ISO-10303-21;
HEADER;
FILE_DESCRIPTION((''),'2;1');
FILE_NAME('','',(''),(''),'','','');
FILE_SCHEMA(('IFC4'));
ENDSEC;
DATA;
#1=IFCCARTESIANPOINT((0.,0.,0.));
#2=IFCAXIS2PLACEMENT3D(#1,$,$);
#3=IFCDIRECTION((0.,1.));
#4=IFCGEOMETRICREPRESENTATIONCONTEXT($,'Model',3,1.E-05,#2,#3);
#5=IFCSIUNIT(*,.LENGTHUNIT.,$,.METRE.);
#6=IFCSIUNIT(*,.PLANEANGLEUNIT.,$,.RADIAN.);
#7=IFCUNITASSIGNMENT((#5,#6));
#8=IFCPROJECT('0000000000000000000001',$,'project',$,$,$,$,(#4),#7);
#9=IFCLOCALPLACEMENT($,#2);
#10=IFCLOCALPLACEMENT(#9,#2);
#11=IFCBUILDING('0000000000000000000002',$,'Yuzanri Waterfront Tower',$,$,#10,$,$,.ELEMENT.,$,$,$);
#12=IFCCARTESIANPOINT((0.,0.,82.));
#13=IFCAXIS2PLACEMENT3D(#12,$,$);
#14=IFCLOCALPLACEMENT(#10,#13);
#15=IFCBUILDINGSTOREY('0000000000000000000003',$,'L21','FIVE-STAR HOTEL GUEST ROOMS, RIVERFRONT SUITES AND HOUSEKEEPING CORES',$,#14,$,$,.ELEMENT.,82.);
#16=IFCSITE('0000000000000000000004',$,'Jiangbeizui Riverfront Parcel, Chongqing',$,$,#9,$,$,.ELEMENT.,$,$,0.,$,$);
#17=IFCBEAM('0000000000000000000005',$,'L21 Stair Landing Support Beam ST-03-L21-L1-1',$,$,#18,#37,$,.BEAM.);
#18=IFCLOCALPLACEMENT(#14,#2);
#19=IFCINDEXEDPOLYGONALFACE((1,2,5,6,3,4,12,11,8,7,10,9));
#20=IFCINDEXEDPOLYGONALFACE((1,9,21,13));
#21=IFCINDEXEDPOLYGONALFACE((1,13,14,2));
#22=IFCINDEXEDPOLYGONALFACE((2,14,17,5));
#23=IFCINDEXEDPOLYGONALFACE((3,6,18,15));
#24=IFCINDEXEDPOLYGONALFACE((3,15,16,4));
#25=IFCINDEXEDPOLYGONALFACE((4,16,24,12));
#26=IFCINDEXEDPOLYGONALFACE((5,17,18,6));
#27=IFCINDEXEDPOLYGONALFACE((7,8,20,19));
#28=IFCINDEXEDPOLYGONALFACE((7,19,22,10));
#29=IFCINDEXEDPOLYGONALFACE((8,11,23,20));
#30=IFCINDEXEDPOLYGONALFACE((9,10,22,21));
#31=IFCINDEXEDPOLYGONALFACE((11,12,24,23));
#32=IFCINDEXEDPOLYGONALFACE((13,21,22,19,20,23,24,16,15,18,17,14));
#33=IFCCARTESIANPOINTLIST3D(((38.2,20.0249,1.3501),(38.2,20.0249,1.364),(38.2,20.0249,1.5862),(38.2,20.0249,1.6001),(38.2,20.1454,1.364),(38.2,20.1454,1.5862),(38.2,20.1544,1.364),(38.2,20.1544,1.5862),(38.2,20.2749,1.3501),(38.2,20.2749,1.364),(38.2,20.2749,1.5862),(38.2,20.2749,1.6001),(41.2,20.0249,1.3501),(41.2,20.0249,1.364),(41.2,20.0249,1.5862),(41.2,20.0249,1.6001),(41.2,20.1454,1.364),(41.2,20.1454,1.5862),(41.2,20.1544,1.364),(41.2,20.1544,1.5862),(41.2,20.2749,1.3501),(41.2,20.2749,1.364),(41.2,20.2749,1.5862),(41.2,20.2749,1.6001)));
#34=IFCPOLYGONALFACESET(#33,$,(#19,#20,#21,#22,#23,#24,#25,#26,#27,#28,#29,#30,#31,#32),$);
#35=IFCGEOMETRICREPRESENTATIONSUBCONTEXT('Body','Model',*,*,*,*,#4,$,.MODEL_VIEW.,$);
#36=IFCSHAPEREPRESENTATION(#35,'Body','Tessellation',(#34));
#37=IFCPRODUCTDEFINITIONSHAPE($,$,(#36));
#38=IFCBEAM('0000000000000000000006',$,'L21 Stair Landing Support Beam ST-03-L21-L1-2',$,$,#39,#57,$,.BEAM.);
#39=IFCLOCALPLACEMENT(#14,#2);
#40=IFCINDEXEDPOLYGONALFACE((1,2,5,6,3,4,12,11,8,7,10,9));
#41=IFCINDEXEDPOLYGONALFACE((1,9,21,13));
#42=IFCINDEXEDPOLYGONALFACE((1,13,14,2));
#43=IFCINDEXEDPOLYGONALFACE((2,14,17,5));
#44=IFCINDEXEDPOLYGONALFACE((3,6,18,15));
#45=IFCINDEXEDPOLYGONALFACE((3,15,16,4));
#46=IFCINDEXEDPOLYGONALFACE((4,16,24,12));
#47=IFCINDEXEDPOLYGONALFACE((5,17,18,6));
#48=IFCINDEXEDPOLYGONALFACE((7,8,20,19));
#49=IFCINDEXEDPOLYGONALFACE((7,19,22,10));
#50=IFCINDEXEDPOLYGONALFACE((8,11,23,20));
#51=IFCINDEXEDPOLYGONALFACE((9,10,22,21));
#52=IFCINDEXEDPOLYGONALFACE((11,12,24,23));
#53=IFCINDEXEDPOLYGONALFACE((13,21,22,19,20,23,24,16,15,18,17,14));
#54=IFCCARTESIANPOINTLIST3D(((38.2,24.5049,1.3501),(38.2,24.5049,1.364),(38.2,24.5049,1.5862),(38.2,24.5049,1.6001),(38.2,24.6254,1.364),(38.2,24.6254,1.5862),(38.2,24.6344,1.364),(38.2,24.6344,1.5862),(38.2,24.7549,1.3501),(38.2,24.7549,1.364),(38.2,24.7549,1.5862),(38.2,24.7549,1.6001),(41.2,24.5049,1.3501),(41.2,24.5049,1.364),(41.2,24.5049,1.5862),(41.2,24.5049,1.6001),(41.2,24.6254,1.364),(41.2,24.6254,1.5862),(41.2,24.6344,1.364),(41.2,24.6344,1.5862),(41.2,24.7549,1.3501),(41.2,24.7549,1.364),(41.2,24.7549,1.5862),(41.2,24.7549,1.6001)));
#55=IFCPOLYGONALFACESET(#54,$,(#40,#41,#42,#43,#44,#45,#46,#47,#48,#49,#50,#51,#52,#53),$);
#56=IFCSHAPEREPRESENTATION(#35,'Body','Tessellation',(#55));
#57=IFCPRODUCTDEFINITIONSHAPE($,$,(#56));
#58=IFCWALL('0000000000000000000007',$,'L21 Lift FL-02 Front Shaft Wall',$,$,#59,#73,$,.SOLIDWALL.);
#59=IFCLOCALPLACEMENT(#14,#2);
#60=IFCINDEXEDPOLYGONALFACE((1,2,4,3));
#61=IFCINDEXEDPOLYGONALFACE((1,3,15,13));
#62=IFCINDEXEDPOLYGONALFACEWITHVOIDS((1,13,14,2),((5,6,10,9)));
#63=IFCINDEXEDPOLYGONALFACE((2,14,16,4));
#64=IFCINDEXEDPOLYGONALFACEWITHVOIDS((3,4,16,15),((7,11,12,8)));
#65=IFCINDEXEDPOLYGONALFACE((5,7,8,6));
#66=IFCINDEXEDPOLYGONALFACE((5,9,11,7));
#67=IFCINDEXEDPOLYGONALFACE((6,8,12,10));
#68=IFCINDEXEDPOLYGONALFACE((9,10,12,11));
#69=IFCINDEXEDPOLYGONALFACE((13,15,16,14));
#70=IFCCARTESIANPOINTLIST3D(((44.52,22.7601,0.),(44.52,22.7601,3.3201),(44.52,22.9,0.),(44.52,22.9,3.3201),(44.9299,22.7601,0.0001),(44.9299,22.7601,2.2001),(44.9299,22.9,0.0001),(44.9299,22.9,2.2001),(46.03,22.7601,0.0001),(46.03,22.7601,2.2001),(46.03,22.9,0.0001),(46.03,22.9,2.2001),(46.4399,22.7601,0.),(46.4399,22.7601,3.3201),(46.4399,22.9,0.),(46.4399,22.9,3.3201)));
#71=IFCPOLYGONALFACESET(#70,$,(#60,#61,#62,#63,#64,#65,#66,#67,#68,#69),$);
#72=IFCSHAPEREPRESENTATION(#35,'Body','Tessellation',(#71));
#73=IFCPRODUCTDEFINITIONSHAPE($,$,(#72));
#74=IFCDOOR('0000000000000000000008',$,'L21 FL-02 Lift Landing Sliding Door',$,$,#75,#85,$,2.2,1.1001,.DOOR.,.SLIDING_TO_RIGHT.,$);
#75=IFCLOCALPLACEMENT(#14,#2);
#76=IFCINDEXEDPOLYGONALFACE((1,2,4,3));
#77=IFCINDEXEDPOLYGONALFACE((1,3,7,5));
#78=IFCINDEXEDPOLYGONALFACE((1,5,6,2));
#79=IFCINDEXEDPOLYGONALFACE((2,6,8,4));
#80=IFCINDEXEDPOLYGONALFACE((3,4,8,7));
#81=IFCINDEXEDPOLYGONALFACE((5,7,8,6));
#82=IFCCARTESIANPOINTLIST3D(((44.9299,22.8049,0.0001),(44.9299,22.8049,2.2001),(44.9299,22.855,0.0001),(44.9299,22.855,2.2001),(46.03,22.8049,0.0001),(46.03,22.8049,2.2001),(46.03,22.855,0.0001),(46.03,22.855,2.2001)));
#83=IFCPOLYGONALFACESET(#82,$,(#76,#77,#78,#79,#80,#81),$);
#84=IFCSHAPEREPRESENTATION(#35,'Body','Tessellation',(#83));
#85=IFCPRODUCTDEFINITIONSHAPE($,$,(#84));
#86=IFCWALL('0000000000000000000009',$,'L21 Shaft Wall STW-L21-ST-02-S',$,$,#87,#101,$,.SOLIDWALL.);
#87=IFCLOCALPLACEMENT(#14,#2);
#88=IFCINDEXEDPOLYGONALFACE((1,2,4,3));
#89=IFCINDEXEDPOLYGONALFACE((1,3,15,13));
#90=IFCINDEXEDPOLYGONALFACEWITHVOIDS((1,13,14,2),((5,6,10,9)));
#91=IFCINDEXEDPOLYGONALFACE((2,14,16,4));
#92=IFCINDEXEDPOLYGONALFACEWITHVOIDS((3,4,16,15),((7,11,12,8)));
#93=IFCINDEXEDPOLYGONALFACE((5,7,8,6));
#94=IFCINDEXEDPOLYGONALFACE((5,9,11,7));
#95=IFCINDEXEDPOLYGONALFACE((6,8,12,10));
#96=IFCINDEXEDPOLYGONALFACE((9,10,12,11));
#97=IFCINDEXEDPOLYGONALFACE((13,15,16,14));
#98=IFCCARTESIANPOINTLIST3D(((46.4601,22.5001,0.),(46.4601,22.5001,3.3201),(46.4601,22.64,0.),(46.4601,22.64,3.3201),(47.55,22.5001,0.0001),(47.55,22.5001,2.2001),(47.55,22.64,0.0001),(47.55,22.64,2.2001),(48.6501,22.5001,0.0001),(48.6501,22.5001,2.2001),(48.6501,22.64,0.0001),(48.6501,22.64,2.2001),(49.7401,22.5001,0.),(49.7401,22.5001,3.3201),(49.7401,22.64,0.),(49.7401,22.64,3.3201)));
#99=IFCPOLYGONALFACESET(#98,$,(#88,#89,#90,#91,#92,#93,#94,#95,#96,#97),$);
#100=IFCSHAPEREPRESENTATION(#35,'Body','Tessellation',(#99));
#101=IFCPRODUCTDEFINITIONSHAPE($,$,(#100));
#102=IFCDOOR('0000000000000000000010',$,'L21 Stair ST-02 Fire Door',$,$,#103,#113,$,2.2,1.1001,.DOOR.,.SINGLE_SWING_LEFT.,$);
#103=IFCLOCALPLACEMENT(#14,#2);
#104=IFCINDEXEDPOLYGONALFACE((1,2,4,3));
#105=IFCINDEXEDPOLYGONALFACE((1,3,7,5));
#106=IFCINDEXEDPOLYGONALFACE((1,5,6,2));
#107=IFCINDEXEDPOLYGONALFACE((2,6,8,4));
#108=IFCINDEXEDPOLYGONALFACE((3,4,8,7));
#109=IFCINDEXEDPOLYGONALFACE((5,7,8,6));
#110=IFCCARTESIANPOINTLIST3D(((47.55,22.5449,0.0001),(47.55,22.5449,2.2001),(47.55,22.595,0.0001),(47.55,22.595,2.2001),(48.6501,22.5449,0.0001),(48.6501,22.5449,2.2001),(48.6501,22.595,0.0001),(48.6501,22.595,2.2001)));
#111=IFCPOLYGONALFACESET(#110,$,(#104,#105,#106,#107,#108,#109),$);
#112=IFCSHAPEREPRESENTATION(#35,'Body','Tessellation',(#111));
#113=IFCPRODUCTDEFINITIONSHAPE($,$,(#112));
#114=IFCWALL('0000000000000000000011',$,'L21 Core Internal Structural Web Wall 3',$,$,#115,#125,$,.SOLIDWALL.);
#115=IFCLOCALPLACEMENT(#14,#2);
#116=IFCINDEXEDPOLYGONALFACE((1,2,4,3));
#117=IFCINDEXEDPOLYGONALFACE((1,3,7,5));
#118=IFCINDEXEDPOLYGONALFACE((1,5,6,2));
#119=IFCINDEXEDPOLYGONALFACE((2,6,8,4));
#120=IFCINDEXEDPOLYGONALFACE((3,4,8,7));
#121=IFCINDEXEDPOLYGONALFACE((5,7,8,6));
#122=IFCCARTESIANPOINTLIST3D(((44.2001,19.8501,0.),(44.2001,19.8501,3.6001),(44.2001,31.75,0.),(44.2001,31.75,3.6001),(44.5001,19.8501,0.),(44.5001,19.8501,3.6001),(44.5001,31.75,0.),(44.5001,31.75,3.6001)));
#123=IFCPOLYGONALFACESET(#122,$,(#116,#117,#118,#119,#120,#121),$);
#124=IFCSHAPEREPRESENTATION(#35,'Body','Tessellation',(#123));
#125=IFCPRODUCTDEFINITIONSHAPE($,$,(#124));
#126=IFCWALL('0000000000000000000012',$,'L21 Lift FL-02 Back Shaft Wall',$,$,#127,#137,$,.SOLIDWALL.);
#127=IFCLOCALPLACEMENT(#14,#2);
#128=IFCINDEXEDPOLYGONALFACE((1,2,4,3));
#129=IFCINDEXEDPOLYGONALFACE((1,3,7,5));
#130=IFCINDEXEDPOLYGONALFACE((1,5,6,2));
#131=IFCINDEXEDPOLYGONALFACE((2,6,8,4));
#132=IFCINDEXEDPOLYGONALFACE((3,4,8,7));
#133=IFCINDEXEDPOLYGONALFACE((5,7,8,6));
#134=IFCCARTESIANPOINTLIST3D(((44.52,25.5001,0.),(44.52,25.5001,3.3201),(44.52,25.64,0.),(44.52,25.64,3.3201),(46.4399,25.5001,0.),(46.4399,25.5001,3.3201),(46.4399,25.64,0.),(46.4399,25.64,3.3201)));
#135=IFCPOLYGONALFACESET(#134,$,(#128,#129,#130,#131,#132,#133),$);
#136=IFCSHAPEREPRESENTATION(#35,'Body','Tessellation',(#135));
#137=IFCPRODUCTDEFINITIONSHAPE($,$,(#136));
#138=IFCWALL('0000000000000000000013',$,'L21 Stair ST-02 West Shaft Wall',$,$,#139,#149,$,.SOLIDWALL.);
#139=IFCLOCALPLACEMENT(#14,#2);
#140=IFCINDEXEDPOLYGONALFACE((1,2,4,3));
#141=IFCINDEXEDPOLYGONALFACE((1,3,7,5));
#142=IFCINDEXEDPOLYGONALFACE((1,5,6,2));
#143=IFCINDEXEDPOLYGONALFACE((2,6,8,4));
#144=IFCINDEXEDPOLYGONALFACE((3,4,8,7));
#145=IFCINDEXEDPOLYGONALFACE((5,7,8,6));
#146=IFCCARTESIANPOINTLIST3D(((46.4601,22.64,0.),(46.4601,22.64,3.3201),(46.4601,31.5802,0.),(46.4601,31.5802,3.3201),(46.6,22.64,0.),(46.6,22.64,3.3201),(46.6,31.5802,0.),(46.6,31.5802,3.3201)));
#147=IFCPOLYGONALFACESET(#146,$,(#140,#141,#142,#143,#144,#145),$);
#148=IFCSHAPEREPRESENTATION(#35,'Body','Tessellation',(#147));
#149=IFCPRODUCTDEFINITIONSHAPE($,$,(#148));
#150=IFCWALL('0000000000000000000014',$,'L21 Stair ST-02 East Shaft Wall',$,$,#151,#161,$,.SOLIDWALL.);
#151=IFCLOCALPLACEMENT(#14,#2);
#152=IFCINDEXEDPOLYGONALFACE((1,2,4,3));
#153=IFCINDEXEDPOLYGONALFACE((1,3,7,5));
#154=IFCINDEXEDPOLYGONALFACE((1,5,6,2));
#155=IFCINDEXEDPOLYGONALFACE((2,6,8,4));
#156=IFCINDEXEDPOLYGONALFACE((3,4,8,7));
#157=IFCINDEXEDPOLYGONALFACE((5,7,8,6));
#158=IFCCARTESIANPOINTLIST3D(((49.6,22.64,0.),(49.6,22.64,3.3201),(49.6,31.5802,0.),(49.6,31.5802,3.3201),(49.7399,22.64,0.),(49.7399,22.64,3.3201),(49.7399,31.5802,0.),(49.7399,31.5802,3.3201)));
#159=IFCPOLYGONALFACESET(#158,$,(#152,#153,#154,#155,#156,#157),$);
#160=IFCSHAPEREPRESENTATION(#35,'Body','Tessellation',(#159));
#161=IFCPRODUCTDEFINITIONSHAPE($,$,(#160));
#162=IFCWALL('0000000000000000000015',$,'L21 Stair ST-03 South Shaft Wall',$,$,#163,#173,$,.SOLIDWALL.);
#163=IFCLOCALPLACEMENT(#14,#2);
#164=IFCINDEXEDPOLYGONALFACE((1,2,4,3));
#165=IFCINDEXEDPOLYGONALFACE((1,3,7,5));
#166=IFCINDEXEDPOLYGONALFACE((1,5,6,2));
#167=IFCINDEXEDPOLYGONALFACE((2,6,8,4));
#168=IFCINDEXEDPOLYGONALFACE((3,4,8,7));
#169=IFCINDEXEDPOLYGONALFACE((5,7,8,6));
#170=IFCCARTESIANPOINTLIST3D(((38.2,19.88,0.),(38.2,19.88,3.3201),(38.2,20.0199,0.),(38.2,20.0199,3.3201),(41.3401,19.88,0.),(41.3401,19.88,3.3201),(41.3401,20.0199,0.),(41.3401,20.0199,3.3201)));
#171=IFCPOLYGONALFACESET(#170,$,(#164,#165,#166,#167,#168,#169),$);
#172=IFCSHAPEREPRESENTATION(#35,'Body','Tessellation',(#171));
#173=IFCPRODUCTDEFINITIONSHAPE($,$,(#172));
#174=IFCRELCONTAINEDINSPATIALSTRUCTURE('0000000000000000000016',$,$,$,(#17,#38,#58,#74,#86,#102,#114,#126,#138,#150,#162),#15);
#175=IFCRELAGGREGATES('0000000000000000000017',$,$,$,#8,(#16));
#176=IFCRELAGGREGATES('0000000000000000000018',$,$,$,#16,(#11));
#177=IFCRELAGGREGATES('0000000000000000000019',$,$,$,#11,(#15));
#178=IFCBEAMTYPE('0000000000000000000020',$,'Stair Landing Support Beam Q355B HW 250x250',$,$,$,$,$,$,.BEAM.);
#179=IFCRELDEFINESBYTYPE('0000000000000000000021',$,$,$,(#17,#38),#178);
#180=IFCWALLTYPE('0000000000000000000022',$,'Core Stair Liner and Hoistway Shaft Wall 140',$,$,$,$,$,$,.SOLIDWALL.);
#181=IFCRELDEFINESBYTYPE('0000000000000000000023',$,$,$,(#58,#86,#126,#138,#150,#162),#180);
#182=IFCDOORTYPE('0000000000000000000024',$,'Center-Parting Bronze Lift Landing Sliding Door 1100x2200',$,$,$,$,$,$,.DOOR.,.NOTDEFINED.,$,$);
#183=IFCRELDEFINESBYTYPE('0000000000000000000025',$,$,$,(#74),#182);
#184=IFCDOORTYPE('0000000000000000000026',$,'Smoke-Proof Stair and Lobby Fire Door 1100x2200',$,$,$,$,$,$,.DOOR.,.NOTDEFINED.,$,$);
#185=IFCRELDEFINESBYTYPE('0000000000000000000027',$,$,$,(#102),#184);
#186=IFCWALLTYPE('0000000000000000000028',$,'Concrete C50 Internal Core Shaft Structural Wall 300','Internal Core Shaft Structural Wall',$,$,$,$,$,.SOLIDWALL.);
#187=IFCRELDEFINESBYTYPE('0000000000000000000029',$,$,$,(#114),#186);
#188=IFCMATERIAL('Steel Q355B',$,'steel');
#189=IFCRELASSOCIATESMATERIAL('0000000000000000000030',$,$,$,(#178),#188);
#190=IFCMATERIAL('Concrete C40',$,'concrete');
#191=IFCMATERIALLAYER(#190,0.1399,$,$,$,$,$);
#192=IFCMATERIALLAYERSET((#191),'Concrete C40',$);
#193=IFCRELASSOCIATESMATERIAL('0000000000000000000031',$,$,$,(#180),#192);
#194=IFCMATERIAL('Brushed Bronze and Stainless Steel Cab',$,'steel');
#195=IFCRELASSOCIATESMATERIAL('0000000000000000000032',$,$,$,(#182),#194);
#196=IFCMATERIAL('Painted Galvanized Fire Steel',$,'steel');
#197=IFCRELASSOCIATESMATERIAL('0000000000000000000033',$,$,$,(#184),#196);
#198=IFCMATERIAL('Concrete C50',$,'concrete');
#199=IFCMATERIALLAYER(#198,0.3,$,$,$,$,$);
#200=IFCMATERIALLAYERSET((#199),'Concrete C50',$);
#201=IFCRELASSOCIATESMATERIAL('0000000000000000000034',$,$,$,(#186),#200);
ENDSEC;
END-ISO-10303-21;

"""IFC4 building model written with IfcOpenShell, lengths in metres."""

from ifc_helpers import new_model, si_unit, direction, frame, frame_2d, origin, origin_2d, place, context, subcontext, project, spatial, rectangle, i_section, extrude, source, transform, mapped, material, layer, layer_set, material_profile, profile_set, type_object, element, fill, save


model = new_model("IFC4")

# Units and contexts
model_context = context("Model", 3, precision=1e-05, world=origin(), true_north=direction((0.0, 1.0)))
body_context = subcontext(model_context, "Body", "Model", "MODEL_VIEW")
ifc_project = project(units=[si_unit("LENGTHUNIT", "METRE"), si_unit("PLANEANGLEUNIT", "RADIAN")], contexts=[model_context])

# Site, building, storey
site_placement = place(None, origin())
site = spatial("IfcSite", under=ifc_project, at=site_placement, Name="Jiangbeizui Riverfront Parcel, Chongqing", CompositionType="ELEMENT", RefElevation=0.0)
building_placement = place(site_placement, origin())
building = spatial("IfcBuilding", under=site, at=building_placement, Name="Yuzanri Waterfront Tower", CompositionType="ELEMENT")
storey_placement = place(building_placement, frame((0.0, 0.0, 82.0)))
storey = spatial("IfcBuildingStorey", under=building, at=storey_placement, Name="L21", Description="FIVE-STAR HOTEL GUEST ROOMS, RIVERFRONT SUITES AND HOUSEKEEPING CORES", CompositionType="ELEMENT", Elevation=82.0)

# Beams
ifc_material_1 = material(Name="Steel Q355B", Category="steel")
ifc_material_profile = material_profile(ifc_material_1, i_section(OverallWidth=0.25, OverallDepth=0.25, WebThickness=0.009, FlangeThickness=0.0139, at=origin_2d()), Name="HW 250x250x9x14")
ifc_profile_set = profile_set([ifc_material_profile], Name="Steel Q355B")
beam_type = type_object("IfcBeamType", Name="Stair Landing Support Beam Q355B HW 250x250", PredefinedType="BEAM", material=ifc_profile_set)
shared_shape_1 = source(origin(), body_context, "Body", "SweptSolid", [
    extrude(i_section(OverallWidth=0.25, OverallDepth=0.25, WebThickness=0.009, FlangeThickness=0.0139, at=origin_2d()), origin(), (0.0, 0.0, 1.0), 3.0),
])
for number, where, z_axis, x_axis, name in (
    (1, (38.2, 20.1499, 1.4751), (1.0, 0.0, 0.0), (0.0, 1.0, 0.0), "L21 Stair Landing Support Beam ST-03-L21-L1-1"),
    (2, (38.2, 24.6299, 1.4751), (1.0, 0.0, 0.0), (0.0, 1.0, 0.0), "L21 Stair Landing Support Beam ST-03-L21-L1-2"),
):
    element("IfcBeam", number, at=place(storey_placement, frame(where, z_axis=z_axis, x_axis=x_axis)), inside=storey, type_object=beam_type, Name=name, PredefinedType="BEAM", context=body_context, shape_type="MappedRepresentation", body=[
        mapped(shared_shape_1, transform((0.0, 0.0, 0.0), scale=1.0)),
    ])

# Walls, openings, doors
ifc_material_2 = material(Name="Concrete C40", Category="concrete")
ifc_layer_1 = layer(ifc_material_2, 0.1399)
ifc_layer_set_1 = layer_set([ifc_layer_1], Name="Concrete C40")
wall_type_1 = type_object("IfcWallType", Name="Core Stair Liner and Hoistway Shaft Wall 140", PredefinedType="SOLIDWALL", material=ifc_layer_set_1)
wall_1_placement = place(storey_placement, frame((44.52, 22.8301, 0.0), z_axis=(0.0, 0.0, 1.0), x_axis=(1.0, 0.0, 0.0)))
wall_1 = element("IfcWall", 3, at=wall_1_placement, inside=storey, type_object=wall_type_1, Name="L21 Lift FL-02 Front Shaft Wall", PredefinedType="SOLIDWALL", context=body_context, shape_type="SweptSolid", body=[
    extrude(rectangle(XDim=1.9199, YDim=0.1399, at=frame_2d((0.96, 0.0))), origin(), (0.0, 0.0, 1.0), 3.3201),
])
opening_1_placement = place(wall_1_placement, frame((0.4099, 0.0, 0.0)))
opening_1 = element("IfcOpeningElement", 4, at=opening_1_placement, cuts=wall_1, PredefinedType="OPENING", context=body_context, shape_type="SweptSolid", body=[
    extrude(rectangle(XDim=1.1001, YDim=2.2, at=frame_2d((0.55, 1.1001))), frame((0.0, 0.085, 0.0), z_axis=(0.0, -1.0, 0.0), x_axis=(1.0, 0.0, 0.0)), (0.0, 0.0, 1.0), 0.1697),
])
ifc_material_3 = material(Name="Brushed Bronze and Stainless Steel Cab", Category="steel")
door_type_1 = type_object("IfcDoorType", Name="Center-Parting Bronze Lift Landing Sliding Door 1100x2200", OperationType="NOTDEFINED", PredefinedType="DOOR", material=ifc_material_3)
shared_shape_2 = source(origin(), body_context, "Body", "SweptSolid", [
    extrude(rectangle(XDim=1.1001, YDim=2.2, at=frame_2d((0.55, 1.1001))), frame((0.0, 0.0249, 0.0), z_axis=(0.0, -1.0, 0.0), x_axis=(1.0, 0.0, 0.0)), (0.0, 0.0, 1.0), 0.05),
])
door_1_placement = place(opening_1_placement, origin())
door_1 = element("IfcDoor", 5, at=door_1_placement, inside=storey, type_object=door_type_1, Name="L21 FL-02 Lift Landing Sliding Door", OperationType="SLIDING_TO_RIGHT", OverallHeight=2.2, OverallWidth=1.1001, PredefinedType="DOOR", context=body_context, shape_type="MappedRepresentation", body=[
    mapped(shared_shape_2, transform((0.0, 0.0, 0.0), scale=1.0)),
])
fill(opening_1, door_1)
wall_2_placement = place(storey_placement, frame((46.46, 22.5701, 0.0), z_axis=(0.0, 0.0, 1.0), x_axis=(1.0, 0.0, 0.0)))
wall_2 = element("IfcWall", 6, at=wall_2_placement, inside=storey, type_object=wall_type_1, Name="L21 Shaft Wall STW-L21-ST-02-S", PredefinedType="SOLIDWALL", context=body_context, shape_type="SweptSolid", body=[
    extrude(rectangle(XDim=3.28, YDim=0.1399, at=frame_2d((1.6401, 0.0))), origin(), (0.0, 0.0, 1.0), 3.3201),
])
opening_2_placement = place(wall_2_placement, frame((1.0901, 0.0, 0.0)))
opening_2 = element("IfcOpeningElement", 7, at=opening_2_placement, cuts=wall_2, PredefinedType="OPENING", context=body_context, shape_type="SweptSolid", body=[
    extrude(rectangle(XDim=1.1001, YDim=2.2, at=frame_2d((0.55, 1.1001))), frame((0.0, 0.085, 0.0), z_axis=(0.0, -1.0, 0.0), x_axis=(1.0, 0.0, 0.0)), (0.0, 0.0, 1.0), 0.1697),
])
ifc_material_4 = material(Name="Painted Galvanized Fire Steel", Category="steel")
door_type_2 = type_object("IfcDoorType", Name="Smoke-Proof Stair and Lobby Fire Door 1100x2200", OperationType="NOTDEFINED", PredefinedType="DOOR", material=ifc_material_4)
shared_shape_3 = source(origin(), body_context, "Body", "SweptSolid", [
    extrude(rectangle(XDim=1.1001, YDim=2.2, at=frame_2d((0.55, 1.1001))), frame((0.0, 0.0249, 0.0), z_axis=(0.0, -1.0, 0.0), x_axis=(1.0, 0.0, 0.0)), (0.0, 0.0, 1.0), 0.05),
])
door_2_placement = place(opening_2_placement, origin())
door_2 = element("IfcDoor", 8, at=door_2_placement, inside=storey, type_object=door_type_2, Name="L21 Stair ST-02 Fire Door", OperationType="SINGLE_SWING_LEFT", OverallHeight=2.2, OverallWidth=1.1001, PredefinedType="DOOR", context=body_context, shape_type="MappedRepresentation", body=[
    mapped(shared_shape_3, transform((0.0, 0.0, 0.0), scale=1.0)),
])
fill(opening_2, door_2)

# Walls
ifc_material_5 = material(Name="Concrete C50", Category="concrete")
ifc_layer_2 = layer(ifc_material_5, 0.3)
ifc_layer_set_2 = layer_set([ifc_layer_2], Name="Concrete C50")
wall_type_2 = type_object("IfcWallType", Name="Concrete C50 Internal Core Shaft Structural Wall 300", Description="Internal Core Shaft Structural Wall", PredefinedType="SOLIDWALL", material=ifc_layer_set_2)
shared_shape_4 = source(origin(), body_context, "Body", "SweptSolid", [
    extrude(rectangle(XDim=11.8999, YDim=0.3, at=frame_2d((5.95, 0.0))), origin(), (0.0, 0.0, 1.0), 3.6001),
])
wall_3_placement = place(storey_placement, frame((44.3501, 19.8501, 0.0), z_axis=(0.0, 0.0, 1.0), x_axis=(0.0, 1.0, 0.0)))
element("IfcWall", 9, at=wall_3_placement, inside=storey, type_object=wall_type_2, Name="L21 Core Internal Structural Web Wall 3", PredefinedType="SOLIDWALL", context=body_context, shape_type="MappedRepresentation", body=[
    mapped(shared_shape_4, transform((0.0, 0.0, 0.0), scale=1.0)),
])
shared_shape_5 = source(origin(), body_context, "Body", "SweptSolid", [
    extrude(rectangle(XDim=1.9199, YDim=0.1399, at=frame_2d((0.96, 0.0))), origin(), (0.0, 0.0, 1.0), 3.3201),
])
wall_4_placement = place(storey_placement, frame((44.52, 25.5701, 0.0), z_axis=(0.0, 0.0, 1.0), x_axis=(1.0, 0.0, 0.0)))
element("IfcWall", 10, at=wall_4_placement, inside=storey, type_object=wall_type_1, Name="L21 Lift FL-02 Back Shaft Wall", PredefinedType="SOLIDWALL", context=body_context, shape_type="MappedRepresentation", body=[
    mapped(shared_shape_5, transform((0.0, 0.0, 0.0), scale=1.0)),
])
shared_shape_6 = source(origin(), body_context, "Body", "SweptSolid", [
    extrude(rectangle(XDim=8.9402, YDim=0.1399, at=frame_2d((4.4702, 0.0))), origin(), (0.0, 0.0, 1.0), 3.3201),
])
for number, where, z_axis, x_axis, name in (
    (11, (46.53, 22.6399, 0.0), (0.0, 0.0, 1.0), (0.0, 1.0, 0.0), "L21 Stair ST-02 West Shaft Wall"),
    (12, (49.6699, 22.6399, 0.0), (0.0, 0.0, 1.0), (0.0, 1.0, 0.0), "L21 Stair ST-02 East Shaft Wall"),
):
    element("IfcWall", number, at=place(storey_placement, frame(where, z_axis=z_axis, x_axis=x_axis)), inside=storey, type_object=wall_type_1, Name=name, PredefinedType="SOLIDWALL", context=body_context, shape_type="MappedRepresentation", body=[
        mapped(shared_shape_6, transform((0.0, 0.0, 0.0), scale=1.0)),
    ])
shared_shape_7 = source(origin(), body_context, "Body", "SweptSolid", [
    extrude(rectangle(XDim=3.1401, YDim=0.1399, at=frame_2d((1.5701, 0.0))), origin(), (0.0, 0.0, 1.0), 3.3201),
])
wall_5_placement = place(storey_placement, frame((38.2, 19.95, 0.0), z_axis=(0.0, 0.0, 1.0), x_axis=(1.0, 0.0, 0.0)))
element("IfcWall", 13, at=wall_5_placement, inside=storey, type_object=wall_type_1, Name="L21 Stair ST-03 South Shaft Wall", PredefinedType="SOLIDWALL", context=body_context, shape_type="MappedRepresentation", body=[
    mapped(shared_shape_7, transform((0.0, 0.0, 0.0), scale=1.0)),
])

save(model, "model.ifc")
